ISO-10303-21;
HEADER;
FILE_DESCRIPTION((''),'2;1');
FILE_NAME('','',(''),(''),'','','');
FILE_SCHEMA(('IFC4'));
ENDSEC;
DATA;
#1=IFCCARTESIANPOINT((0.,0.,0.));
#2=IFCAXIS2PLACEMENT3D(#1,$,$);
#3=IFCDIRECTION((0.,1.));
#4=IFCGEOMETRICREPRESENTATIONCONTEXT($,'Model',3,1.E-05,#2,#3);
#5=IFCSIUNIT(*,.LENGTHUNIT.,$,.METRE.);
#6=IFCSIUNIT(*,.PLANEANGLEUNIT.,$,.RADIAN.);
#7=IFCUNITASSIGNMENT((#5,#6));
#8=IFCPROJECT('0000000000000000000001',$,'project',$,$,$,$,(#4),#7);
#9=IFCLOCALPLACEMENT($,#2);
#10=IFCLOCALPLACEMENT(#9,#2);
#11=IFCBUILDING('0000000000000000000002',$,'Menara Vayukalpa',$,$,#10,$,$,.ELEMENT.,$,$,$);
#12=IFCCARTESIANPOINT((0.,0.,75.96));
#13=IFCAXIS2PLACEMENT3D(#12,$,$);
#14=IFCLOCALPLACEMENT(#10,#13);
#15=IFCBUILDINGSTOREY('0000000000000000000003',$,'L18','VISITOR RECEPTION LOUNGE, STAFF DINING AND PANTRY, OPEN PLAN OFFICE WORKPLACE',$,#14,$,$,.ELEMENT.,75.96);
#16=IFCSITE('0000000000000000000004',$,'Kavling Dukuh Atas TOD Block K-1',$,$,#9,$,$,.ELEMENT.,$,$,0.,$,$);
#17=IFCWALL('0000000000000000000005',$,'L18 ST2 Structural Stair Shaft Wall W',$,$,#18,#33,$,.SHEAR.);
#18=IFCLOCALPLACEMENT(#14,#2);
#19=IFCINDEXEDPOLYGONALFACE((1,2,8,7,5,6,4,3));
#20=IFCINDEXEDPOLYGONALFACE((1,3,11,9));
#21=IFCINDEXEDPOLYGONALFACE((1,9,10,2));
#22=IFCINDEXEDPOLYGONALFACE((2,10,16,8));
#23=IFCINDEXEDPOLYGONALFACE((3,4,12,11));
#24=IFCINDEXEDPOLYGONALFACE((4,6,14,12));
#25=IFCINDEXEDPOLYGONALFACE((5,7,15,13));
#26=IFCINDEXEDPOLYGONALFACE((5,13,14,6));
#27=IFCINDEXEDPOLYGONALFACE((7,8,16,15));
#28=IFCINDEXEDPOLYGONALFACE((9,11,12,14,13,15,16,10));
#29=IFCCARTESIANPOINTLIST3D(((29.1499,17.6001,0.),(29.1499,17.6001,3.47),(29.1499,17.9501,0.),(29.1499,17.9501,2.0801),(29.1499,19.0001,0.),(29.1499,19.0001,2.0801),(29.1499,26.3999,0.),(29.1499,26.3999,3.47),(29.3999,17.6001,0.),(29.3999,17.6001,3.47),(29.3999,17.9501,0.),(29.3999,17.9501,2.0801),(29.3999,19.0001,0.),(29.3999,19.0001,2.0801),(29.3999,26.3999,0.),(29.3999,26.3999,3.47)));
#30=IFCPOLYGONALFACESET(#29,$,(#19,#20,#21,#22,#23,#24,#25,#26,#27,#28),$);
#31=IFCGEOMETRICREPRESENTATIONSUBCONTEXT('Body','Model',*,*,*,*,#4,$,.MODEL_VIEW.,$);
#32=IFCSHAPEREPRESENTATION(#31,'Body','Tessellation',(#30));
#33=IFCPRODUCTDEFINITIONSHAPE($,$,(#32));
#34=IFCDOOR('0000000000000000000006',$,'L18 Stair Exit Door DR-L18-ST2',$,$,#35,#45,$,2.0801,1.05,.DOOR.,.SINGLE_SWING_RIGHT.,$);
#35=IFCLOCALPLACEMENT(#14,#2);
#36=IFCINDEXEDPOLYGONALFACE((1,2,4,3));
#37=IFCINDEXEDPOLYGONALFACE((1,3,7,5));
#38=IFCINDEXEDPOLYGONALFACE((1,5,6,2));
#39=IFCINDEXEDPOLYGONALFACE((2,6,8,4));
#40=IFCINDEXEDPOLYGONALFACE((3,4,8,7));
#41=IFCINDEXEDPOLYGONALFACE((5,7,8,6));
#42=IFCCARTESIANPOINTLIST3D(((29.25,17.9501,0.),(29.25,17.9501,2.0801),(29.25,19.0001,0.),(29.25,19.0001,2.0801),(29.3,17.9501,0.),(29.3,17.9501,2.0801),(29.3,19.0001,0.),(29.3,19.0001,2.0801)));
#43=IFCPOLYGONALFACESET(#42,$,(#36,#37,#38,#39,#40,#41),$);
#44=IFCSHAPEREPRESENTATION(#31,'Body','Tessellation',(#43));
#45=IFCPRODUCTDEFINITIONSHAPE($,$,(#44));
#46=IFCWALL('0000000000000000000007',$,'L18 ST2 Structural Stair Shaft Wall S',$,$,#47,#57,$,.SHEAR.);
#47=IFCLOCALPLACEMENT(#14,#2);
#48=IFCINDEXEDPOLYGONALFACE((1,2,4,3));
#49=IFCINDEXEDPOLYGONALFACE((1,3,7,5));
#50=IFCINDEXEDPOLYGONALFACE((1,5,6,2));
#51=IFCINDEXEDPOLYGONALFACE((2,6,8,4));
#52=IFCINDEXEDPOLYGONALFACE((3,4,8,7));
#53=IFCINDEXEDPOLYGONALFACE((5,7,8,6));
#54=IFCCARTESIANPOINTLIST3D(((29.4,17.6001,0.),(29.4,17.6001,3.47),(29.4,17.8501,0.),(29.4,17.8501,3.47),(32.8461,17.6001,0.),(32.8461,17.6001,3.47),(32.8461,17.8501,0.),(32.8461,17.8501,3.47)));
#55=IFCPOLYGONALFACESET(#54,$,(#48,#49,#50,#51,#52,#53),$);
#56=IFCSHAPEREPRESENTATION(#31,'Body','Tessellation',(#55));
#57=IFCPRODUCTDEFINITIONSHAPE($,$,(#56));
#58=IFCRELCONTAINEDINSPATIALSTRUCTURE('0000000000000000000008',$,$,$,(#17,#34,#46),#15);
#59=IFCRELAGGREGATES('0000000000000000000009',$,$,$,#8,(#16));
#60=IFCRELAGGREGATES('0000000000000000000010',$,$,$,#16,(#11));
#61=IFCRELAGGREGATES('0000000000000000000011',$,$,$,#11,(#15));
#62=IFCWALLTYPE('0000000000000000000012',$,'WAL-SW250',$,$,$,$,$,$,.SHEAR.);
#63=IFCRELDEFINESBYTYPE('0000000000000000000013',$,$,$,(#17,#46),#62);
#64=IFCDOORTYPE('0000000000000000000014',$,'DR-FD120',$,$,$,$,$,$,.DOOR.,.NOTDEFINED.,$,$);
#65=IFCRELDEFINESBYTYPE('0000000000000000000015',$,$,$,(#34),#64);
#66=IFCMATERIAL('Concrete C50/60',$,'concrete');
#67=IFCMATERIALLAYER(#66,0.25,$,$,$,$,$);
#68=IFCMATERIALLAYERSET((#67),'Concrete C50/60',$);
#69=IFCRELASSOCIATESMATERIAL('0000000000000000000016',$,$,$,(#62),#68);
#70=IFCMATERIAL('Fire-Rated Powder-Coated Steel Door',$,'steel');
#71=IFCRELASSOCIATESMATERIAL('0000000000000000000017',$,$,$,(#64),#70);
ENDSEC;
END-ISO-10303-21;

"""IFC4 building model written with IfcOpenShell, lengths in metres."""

from ifc_helpers import new_model, si_unit, direction, frame, frame_2d, origin, place, context, subcontext, project, spatial, rectangle, extrude, material, layer, layer_set, type_object, element, fill, save


model = new_model("IFC4")

# Units and contexts
model_context = context("Model", 3, precision=1e-05, world=origin(), true_north=direction((0.0, 1.0)))
body_context = subcontext(model_context, "Body", "Model", "MODEL_VIEW")
ifc_project = project(units=[si_unit("LENGTHUNIT", "METRE"), si_unit("PLANEANGLEUNIT", "RADIAN")], contexts=[model_context])

# Site, building, storey
site_placement = place(None, origin())
site = spatial("IfcSite", under=ifc_project, at=site_placement, Name="Kavling Dukuh Atas TOD Block K-1", CompositionType="ELEMENT", RefElevation=0.0)
building_placement = place(site_placement, origin())
building = spatial("IfcBuilding", under=site, at=building_placement, Name="Menara Vayukalpa", CompositionType="ELEMENT")
storey_placement = place(building_placement, frame((0.0, 0.0, 75.96)))
storey = spatial("IfcBuildingStorey", under=building, at=storey_placement, Name="L18", Description="VISITOR RECEPTION LOUNGE, STAFF DINING AND PANTRY, OPEN PLAN OFFICE WORKPLACE", CompositionType="ELEMENT", Elevation=75.96)

# Wall, opening, door
ifc_material_1 = material(Name="Concrete C50/60", Category="concrete")
ifc_layer_1 = layer(ifc_material_1, 0.25)
ifc_layer_set_1 = layer_set([ifc_layer_1], Name="Concrete C50/60")
wall_type_1 = type_object("IfcWallType", Name="WAL-SW250", PredefinedType="SHEAR", material=ifc_layer_set_1)
wall_1_placement = place(storey_placement, frame((29.2749, 17.6001, 0.0), z_axis=(0.0, 0.0, 1.0), x_axis=(0.0, 1.0, 0.0)))
wall_1 = element("IfcWall", 1, at=wall_1_placement, inside=storey, type_object=wall_type_1, Name="L18 ST2 Structural Stair Shaft Wall W", PredefinedType="SHEAR", context=body_context, shape_type="SweptSolid", body=[
    extrude(rectangle(XDim=8.7998, YDim=0.25, at=frame_2d((4.3999, 0.0))), origin(), (0.0, 0.0, 1.0), 3.47),
])
opening_1_placement = place(wall_1_placement, frame((0.3501, 0.0, 0.0)))
opening_1 = element("IfcOpeningElement", 2, at=opening_1_placement, cuts=wall_1, PredefinedType="OPENING", context=body_context, shape_type="SweptSolid", body=[
    extrude(rectangle(XDim=1.05, YDim=2.0801, at=frame_2d((0.5249, 1.04))), frame((0.0, 0.135, 0.0), z_axis=(0.0, -1.0, 0.0), x_axis=(1.0, 0.0, 0.0)), (0.0, 0.0, 1.0), 0.27),
])
ifc_material_2 = material(Name="Fire-Rated Powder-Coated Steel Door", Category="steel")
door_type_1 = type_object("IfcDoorType", Name="DR-FD120", OperationType="NOTDEFINED", PredefinedType="DOOR", material=ifc_material_2)
door_1_placement = place(opening_1_placement, origin())
door_1 = element("IfcDoor", 3, at=door_1_placement, inside=storey, type_object=door_type_1, Name="L18 Stair Exit Door DR-L18-ST2", OperationType="SINGLE_SWING_RIGHT", OverallHeight=2.0801, OverallWidth=1.05, PredefinedType="DOOR", context=body_context, shape_type="SweptSolid", body=[
    extrude(rectangle(XDim=1.05, YDim=2.0801, at=frame_2d((0.5249, 1.04))), frame((0.0, 0.0249, 0.0), z_axis=(0.0, -1.0, 0.0), x_axis=(1.0, 0.0, 0.0)), (0.0, 0.0, 1.0), 0.05),
])
fill(opening_1, door_1)

# Wall
wall_2_placement = place(storey_placement, frame((29.3999, 17.7251, 0.0), z_axis=(0.0, 0.0, 1.0), x_axis=(1.0, 0.0, 0.0)))
element("IfcWall", 4, at=wall_2_placement, inside=storey, type_object=wall_type_1, Name="L18 ST2 Structural Stair Shaft Wall S", PredefinedType="SHEAR", context=body_context, shape_type="SweptSolid", body=[
    extrude(rectangle(XDim=3.446, YDim=0.25, at=frame_2d((1.7231, 0.0))), origin(), (0.0, 0.0, 1.0), 3.47),
])

save(model, "model.ifc")
